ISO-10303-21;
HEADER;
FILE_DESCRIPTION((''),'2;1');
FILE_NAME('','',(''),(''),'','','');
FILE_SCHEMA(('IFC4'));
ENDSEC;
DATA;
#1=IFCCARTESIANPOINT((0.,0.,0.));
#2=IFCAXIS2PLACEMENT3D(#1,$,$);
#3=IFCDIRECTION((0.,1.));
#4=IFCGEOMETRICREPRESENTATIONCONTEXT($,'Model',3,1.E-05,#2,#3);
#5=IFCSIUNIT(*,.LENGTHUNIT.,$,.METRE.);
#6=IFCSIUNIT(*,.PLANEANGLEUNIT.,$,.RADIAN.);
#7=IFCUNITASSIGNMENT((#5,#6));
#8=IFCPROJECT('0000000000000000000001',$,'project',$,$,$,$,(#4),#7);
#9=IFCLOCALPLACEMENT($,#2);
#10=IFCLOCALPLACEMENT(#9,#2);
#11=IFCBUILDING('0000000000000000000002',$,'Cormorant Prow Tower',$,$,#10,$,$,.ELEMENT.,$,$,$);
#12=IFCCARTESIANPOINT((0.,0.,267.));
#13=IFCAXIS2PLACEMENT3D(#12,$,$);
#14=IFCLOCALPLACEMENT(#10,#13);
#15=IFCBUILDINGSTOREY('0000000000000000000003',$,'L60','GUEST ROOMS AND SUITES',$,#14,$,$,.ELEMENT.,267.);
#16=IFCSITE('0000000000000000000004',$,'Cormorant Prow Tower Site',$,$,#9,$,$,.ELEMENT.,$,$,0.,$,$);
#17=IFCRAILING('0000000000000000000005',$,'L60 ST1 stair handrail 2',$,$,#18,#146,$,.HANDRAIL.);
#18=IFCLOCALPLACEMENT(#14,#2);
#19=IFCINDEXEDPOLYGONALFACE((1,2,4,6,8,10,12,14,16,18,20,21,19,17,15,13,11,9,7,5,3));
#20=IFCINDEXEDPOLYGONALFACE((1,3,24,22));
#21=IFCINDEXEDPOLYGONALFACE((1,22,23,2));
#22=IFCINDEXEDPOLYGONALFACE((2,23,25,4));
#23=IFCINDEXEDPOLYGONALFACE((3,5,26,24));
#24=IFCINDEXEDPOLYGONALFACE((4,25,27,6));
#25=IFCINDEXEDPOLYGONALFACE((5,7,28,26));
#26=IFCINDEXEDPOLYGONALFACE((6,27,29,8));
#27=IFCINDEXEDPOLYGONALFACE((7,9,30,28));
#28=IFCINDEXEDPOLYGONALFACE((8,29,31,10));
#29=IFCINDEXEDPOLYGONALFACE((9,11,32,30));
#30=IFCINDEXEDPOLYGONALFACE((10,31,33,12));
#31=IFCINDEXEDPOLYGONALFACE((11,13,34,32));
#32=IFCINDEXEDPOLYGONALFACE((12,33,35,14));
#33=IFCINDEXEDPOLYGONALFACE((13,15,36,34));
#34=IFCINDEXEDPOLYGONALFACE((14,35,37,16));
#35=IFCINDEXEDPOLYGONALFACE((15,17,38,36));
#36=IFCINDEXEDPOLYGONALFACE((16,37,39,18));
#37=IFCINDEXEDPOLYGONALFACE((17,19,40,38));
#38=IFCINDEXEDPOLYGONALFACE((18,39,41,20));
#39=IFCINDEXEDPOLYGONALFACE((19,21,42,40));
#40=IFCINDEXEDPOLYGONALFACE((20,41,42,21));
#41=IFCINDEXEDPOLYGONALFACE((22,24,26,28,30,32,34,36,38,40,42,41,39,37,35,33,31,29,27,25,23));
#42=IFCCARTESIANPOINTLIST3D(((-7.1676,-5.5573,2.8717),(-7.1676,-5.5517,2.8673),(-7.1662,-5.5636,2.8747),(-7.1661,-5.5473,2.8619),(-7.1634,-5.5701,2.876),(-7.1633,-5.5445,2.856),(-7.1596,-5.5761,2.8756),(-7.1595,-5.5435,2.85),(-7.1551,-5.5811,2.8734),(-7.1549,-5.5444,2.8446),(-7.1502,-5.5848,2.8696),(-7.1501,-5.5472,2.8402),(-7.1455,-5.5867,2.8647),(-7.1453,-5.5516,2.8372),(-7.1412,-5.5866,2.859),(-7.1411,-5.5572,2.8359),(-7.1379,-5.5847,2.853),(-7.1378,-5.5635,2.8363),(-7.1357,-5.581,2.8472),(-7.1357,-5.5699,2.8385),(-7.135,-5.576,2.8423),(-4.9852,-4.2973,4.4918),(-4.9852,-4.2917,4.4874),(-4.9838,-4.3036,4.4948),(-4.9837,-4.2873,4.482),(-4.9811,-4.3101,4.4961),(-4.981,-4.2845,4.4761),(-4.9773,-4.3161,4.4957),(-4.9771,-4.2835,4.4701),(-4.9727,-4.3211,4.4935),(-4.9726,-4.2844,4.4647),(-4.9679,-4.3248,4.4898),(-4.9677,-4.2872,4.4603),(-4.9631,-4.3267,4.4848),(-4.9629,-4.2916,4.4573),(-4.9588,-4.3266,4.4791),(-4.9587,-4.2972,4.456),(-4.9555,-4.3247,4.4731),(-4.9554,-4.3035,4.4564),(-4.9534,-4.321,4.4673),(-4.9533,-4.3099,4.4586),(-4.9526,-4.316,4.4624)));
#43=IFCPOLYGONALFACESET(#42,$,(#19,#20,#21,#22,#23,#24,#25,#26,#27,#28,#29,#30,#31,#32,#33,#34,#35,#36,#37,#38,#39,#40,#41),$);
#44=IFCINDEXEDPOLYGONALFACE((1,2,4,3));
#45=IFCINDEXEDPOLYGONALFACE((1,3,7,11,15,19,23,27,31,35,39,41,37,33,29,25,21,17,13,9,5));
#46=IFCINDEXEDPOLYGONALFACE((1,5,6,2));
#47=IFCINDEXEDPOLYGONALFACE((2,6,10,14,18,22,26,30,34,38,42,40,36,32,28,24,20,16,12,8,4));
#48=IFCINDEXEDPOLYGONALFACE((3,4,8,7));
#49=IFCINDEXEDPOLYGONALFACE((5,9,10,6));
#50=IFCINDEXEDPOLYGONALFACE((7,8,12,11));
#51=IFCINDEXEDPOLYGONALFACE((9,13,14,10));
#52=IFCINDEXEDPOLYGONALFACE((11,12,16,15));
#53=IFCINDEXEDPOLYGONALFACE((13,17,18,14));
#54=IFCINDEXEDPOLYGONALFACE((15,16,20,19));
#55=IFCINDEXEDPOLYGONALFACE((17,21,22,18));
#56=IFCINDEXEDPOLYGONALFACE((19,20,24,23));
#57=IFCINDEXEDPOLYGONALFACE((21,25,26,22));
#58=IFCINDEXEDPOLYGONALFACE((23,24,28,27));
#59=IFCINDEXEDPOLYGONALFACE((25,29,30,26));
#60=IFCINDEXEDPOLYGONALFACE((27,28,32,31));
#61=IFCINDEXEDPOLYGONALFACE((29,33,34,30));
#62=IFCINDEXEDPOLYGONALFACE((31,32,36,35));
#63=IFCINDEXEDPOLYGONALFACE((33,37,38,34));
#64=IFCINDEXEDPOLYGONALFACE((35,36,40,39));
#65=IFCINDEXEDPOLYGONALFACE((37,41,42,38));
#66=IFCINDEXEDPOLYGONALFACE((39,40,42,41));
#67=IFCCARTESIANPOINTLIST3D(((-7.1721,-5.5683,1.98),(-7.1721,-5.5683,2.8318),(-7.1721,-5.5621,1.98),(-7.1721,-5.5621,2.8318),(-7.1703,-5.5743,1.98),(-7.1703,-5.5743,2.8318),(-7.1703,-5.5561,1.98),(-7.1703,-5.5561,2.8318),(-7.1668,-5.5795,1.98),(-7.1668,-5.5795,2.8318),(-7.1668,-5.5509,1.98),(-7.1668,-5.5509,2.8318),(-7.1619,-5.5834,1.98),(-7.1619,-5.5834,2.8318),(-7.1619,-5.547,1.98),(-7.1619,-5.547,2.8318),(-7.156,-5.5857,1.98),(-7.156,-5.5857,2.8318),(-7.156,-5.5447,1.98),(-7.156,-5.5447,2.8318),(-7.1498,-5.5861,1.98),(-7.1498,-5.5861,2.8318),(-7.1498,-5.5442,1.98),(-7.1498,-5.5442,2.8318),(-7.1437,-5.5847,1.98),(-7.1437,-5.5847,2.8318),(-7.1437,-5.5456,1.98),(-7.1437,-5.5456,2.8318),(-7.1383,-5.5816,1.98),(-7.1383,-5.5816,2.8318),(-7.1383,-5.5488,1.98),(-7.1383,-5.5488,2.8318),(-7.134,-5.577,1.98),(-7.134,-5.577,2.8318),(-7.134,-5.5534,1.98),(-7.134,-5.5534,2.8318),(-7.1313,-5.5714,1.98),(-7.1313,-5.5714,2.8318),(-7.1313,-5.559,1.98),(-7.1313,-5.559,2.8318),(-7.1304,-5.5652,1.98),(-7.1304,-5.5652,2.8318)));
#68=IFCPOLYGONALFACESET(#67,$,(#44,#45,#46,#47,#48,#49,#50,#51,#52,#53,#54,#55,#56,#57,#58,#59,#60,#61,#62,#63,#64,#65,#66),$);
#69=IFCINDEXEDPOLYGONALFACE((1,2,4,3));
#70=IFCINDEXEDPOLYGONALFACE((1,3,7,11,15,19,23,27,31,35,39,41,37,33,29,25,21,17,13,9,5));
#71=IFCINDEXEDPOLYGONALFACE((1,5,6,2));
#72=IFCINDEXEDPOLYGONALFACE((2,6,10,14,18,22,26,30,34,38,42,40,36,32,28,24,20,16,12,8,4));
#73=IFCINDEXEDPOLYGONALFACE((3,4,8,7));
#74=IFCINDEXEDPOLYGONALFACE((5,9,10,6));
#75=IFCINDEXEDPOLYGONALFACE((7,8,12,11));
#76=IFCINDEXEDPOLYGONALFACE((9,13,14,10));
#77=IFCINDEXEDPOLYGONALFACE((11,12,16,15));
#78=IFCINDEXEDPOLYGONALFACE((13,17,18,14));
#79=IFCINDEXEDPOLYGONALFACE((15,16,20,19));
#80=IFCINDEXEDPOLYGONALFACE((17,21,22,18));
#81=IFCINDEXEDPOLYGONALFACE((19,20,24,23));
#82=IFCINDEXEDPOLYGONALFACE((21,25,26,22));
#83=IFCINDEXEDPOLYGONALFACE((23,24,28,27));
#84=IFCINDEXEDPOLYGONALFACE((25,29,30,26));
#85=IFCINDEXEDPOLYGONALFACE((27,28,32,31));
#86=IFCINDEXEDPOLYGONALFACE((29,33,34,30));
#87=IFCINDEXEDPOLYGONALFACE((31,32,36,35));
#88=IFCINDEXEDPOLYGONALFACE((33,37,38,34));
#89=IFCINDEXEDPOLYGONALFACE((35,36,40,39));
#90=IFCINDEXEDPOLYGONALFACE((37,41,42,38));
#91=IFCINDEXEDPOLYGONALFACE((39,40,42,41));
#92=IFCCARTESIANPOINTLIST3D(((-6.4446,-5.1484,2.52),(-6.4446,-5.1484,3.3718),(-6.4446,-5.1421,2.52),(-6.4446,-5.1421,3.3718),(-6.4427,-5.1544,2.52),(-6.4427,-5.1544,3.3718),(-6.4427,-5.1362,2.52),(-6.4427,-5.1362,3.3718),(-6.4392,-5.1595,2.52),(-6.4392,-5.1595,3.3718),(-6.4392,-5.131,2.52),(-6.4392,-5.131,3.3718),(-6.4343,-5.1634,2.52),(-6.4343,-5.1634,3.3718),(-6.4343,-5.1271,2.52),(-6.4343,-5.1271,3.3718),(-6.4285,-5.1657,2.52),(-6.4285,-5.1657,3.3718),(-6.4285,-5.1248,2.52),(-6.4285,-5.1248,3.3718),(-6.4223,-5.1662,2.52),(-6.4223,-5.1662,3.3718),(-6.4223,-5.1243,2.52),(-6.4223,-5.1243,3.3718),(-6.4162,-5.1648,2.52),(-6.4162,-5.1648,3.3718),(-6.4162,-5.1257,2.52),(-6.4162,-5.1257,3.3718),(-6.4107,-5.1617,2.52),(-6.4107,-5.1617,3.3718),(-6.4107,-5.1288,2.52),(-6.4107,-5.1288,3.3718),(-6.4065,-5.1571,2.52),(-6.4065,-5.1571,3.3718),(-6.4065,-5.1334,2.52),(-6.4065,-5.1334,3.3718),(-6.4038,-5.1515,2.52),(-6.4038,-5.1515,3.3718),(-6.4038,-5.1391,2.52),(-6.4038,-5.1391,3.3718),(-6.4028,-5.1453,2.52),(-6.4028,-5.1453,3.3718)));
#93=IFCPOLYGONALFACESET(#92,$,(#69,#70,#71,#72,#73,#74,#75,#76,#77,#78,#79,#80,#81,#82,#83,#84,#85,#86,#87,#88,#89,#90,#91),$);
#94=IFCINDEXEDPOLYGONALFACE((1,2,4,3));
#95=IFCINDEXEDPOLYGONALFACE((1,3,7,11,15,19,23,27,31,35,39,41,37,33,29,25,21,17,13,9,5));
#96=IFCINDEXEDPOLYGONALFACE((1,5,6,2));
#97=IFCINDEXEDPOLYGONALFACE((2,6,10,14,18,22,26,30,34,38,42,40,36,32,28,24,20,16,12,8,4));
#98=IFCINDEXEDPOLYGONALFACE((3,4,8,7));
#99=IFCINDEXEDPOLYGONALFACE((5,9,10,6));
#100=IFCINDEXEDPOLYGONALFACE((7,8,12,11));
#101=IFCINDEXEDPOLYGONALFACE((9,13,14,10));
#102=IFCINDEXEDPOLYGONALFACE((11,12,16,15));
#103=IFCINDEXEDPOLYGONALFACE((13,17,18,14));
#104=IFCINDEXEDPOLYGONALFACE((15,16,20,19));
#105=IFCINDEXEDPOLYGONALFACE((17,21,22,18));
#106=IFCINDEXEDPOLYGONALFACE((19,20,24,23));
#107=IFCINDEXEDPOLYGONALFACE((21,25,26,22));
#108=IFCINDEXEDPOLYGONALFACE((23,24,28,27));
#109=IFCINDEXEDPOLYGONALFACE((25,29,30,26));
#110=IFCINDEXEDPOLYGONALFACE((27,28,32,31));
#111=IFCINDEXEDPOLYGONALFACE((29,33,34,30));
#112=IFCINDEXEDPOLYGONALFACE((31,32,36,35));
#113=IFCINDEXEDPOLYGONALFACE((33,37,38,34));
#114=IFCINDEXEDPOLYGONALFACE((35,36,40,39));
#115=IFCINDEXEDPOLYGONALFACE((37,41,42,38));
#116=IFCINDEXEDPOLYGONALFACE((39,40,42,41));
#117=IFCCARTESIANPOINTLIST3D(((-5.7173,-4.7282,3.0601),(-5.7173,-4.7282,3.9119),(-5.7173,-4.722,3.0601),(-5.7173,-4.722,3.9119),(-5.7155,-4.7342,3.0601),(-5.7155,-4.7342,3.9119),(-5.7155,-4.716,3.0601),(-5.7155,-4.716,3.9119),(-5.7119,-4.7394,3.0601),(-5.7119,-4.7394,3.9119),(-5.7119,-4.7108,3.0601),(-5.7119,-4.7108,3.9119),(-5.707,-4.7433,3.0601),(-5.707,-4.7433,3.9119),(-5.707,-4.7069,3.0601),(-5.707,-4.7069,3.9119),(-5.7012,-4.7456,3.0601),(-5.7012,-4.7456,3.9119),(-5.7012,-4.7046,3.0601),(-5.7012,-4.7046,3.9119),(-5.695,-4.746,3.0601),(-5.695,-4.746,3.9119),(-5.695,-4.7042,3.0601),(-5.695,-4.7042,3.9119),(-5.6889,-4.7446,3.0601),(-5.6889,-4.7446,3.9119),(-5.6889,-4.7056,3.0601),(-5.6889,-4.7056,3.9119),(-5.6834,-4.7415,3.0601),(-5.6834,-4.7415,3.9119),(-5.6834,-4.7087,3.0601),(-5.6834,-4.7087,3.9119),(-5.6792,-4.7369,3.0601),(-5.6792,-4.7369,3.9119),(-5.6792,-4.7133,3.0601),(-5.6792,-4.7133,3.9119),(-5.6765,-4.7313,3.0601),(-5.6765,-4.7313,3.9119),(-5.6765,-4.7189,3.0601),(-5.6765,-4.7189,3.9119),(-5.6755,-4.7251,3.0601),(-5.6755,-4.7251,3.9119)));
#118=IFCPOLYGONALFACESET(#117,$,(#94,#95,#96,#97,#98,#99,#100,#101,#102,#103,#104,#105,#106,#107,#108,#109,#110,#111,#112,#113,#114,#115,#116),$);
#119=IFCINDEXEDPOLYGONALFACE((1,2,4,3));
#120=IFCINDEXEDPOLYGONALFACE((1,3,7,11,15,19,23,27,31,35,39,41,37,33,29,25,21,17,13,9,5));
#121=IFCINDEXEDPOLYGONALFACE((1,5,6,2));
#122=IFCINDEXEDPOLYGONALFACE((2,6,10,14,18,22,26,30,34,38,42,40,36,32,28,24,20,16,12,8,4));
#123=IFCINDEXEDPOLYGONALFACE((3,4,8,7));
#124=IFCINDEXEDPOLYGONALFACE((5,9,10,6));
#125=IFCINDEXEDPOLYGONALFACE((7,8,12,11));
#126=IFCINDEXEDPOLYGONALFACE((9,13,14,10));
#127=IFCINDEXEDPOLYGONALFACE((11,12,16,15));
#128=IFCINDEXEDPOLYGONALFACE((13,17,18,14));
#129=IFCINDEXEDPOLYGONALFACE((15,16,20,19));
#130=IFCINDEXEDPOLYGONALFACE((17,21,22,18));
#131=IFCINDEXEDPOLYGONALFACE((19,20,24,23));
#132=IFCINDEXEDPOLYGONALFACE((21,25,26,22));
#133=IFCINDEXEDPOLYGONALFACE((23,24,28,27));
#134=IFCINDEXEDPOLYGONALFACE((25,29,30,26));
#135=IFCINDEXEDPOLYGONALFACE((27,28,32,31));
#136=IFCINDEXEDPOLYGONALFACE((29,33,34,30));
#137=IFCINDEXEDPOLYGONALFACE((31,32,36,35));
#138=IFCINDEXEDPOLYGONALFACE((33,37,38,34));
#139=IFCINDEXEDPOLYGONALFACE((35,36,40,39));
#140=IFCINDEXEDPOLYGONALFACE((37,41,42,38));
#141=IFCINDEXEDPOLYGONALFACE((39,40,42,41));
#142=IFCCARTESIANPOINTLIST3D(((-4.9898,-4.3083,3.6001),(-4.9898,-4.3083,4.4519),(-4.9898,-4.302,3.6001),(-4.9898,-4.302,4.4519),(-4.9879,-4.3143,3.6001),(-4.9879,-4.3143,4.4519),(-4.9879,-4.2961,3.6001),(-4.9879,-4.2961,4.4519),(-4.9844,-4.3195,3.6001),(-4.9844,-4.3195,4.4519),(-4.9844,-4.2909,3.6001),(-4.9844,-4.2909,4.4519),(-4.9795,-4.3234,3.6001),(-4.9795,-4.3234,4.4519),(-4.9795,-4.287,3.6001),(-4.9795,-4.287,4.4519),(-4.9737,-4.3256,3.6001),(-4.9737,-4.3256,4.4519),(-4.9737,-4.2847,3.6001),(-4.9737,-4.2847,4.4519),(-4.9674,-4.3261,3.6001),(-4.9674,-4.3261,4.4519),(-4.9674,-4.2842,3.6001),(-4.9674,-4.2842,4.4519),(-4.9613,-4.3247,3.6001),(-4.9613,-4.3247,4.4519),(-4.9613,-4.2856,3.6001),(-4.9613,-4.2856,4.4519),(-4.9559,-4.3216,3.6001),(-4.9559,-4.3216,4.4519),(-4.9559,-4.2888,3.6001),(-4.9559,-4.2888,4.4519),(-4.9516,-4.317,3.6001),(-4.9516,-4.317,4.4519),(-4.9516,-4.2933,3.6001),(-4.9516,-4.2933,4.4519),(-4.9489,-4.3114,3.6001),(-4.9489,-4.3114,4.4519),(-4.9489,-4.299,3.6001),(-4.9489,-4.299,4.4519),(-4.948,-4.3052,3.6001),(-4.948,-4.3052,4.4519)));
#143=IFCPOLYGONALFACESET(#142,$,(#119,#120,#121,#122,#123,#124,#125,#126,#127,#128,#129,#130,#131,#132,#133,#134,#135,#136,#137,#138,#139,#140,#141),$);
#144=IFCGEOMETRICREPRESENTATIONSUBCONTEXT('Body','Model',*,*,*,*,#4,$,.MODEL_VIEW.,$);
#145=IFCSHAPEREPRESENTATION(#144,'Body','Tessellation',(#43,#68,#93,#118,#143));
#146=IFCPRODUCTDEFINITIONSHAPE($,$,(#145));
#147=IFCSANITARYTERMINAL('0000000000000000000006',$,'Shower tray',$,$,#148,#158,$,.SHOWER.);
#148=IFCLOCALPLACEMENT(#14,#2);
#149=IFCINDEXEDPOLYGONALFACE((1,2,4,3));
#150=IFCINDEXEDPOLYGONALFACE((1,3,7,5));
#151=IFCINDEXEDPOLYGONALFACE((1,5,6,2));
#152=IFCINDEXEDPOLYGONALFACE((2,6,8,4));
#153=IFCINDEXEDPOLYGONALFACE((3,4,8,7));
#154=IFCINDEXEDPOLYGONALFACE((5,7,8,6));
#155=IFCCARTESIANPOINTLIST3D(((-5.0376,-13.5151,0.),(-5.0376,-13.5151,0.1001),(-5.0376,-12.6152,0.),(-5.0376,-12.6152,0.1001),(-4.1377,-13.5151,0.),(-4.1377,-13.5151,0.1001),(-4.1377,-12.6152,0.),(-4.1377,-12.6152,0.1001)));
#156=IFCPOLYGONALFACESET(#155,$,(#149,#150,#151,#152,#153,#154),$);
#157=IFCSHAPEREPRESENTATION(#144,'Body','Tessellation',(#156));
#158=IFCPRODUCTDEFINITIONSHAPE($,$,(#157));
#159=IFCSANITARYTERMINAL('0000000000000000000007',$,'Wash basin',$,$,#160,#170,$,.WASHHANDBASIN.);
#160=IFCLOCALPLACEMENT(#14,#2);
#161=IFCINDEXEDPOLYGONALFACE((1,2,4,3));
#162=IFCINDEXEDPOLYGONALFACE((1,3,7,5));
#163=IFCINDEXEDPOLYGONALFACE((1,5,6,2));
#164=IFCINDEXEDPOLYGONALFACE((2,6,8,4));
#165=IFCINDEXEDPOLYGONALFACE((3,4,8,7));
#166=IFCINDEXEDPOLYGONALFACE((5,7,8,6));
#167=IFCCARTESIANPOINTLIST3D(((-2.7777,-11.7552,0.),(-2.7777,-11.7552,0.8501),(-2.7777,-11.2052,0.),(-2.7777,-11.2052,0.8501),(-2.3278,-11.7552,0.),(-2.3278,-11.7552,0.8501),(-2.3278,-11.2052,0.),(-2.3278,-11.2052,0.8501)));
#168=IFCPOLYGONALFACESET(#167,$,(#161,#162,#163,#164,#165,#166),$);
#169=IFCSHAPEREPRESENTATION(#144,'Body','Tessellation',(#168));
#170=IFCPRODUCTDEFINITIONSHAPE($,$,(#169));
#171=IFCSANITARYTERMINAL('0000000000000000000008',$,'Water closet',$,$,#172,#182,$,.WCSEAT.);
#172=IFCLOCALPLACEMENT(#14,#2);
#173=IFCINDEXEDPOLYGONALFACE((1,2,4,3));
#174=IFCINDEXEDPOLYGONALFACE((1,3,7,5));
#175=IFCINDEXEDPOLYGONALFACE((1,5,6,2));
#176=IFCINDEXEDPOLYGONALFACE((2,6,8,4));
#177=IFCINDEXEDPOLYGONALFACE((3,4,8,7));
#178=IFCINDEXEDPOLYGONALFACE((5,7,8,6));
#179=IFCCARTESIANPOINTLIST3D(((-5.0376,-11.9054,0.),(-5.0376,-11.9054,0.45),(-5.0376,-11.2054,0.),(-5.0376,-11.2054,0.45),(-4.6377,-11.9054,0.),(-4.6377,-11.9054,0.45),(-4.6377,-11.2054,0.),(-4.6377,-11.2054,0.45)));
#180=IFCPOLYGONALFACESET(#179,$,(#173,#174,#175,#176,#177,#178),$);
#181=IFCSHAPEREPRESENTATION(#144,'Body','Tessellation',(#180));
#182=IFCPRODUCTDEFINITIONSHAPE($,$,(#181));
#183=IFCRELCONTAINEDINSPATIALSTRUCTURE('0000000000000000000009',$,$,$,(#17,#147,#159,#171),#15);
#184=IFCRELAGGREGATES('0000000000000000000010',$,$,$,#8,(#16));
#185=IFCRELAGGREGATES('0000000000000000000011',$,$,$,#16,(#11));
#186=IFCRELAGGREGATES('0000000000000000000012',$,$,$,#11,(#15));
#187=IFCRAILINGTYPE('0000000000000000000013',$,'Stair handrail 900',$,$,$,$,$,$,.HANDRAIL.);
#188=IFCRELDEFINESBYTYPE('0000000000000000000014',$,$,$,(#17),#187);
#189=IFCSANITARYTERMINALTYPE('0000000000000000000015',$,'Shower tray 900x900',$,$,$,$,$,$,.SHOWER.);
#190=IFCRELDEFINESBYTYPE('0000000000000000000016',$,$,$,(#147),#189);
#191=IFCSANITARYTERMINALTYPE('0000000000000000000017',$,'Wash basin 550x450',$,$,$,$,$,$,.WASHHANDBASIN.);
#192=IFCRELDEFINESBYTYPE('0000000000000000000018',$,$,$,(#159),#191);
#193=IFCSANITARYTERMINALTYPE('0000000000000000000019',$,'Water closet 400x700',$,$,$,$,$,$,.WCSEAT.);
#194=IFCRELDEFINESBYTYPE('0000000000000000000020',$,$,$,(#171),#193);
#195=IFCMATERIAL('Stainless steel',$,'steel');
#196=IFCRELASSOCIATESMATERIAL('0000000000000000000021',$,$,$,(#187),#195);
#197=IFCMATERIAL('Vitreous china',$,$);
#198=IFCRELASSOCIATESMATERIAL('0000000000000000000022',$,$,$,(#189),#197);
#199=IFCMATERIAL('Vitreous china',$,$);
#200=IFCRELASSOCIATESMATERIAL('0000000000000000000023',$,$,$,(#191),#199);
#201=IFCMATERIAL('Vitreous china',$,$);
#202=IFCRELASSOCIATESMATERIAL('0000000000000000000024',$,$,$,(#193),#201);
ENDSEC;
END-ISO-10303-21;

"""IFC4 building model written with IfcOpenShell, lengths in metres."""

from ifc_helpers import new_model, si_unit, direction, frame, origin, origin_2d, place, context, subcontext, project, spatial, rectangle, circle, extrude, material, type_object, element, save


model = new_model("IFC4")

# Units and contexts
model_context = context("Model", 3, precision=1e-05, world=origin(), true_north=direction((0.0, 1.0)))
body_context = subcontext(model_context, "Body", "Model", "MODEL_VIEW")
ifc_project = project(units=[si_unit("LENGTHUNIT", "METRE"), si_unit("PLANEANGLEUNIT", "RADIAN")], contexts=[model_context])

# Site, building, storey
site_placement = place(None, origin())
site = spatial("IfcSite", under=ifc_project, at=site_placement, Name="Cormorant Prow Tower Site", CompositionType="ELEMENT", RefElevation=0.0)
building_placement = place(site_placement, origin())
building = spatial("IfcBuilding", under=site, at=building_placement, Name="Cormorant Prow Tower", CompositionType="ELEMENT")
storey_placement = place(building_placement, frame((0.0, 0.0, 267.0)))
storey = spatial("IfcBuildingStorey", under=building, at=storey_placement, Name="L60", Description="GUEST ROOMS AND SUITES", CompositionType="ELEMENT", Elevation=267.0)

# Railing
ifc_material_1 = material(Name="Stainless steel", Category="steel")
railing_type_1 = type_object("IfcRailingType", Name="Stair handrail 900", PredefinedType="HANDRAIL", material=ifc_material_1)
railing_1_placement = place(storey_placement, frame((-7.1514, -5.5652, 1.98)))
element("IfcRailing", 1, at=railing_1_placement, inside=storey, type_object=railing_type_1, Name="L60 ST1 stair handrail 2", PredefinedType="HANDRAIL", context=body_context, shape_type="SweptSolid", body=[
    extrude(circle(Radius=0.0239, at=origin_2d()), frame((0.0, 0.0, 0.876), z_axis=(0.728464, 0.420584, 0.540786), x_axis=(-0.500005, 0.866023, 0.0)), (0.0, 0.0, 1.0), 2.9958),
    extrude(circle(Radius=0.021, at=origin_2d()), origin(), (0.0, 0.0, 1.0), 0.8518),
    extrude(circle(Radius=0.021, at=origin_2d()), frame((0.7275, 0.4199, 0.54)), (0.0, 0.0, 1.0), 0.8518),
    extrude(circle(Radius=0.021, at=origin_2d()), frame((1.4548, 0.8401, 1.0801)), (0.0, 0.0, 1.0), 0.8518),
    extrude(circle(Radius=0.021, at=origin_2d()), frame((2.1824, 1.26, 1.6201)), (0.0, 0.0, 1.0), 0.8518),
])

# Sanitary terminals
ifc_material_2 = material(Name="Vitreous china")
sanitary_terminal_type_1 = type_object("IfcSanitaryTerminalType", Name="Shower tray 900x900", PredefinedType="SHOWER", material=ifc_material_2)
sanitary_terminal_1_placement = place(storey_placement, frame((-4.5876, -13.0652, 0.0), z_axis=(0.0, 0.0, 1.0), x_axis=(0.0, 1.0, 0.0)))
element("IfcSanitaryTerminal", 2, at=sanitary_terminal_1_placement, inside=storey, type_object=sanitary_terminal_type_1, Name="Shower tray", PredefinedType="SHOWER", context=body_context, shape_type="SweptSolid", body=[
    extrude(rectangle(XDim=0.8999, YDim=0.8999, at=origin_2d()), origin(), (0.0, 0.0, 1.0), 0.1001),
])
ifc_material_3 = material(Name="Vitreous china")
sanitary_terminal_type_2 = type_object("IfcSanitaryTerminalType", Name="Wash basin 550x450", PredefinedType="WASHHANDBASIN", material=ifc_material_3)
sanitary_terminal_2_placement = place(storey_placement, frame((-2.5527, -11.4802, 0.0), z_axis=(0.0, 0.0, 1.0), x_axis=(0.0, -1.0, 0.0)))
element("IfcSanitaryTerminal", 3, at=sanitary_terminal_2_placement, inside=storey, type_object=sanitary_terminal_type_2, Name="Wash basin", PredefinedType="WASHHANDBASIN", context=body_context, shape_type="SweptSolid", body=[
    extrude(rectangle(XDim=0.55, YDim=0.45, at=origin_2d()), origin(), (0.0, 0.0, 1.0), 0.8501),
])
ifc_material_4 = material(Name="Vitreous china")
sanitary_terminal_type_3 = type_object("IfcSanitaryTerminalType", Name="Water closet 400x700", PredefinedType="WCSEAT", material=ifc_material_4)
sanitary_terminal_3_placement = place(storey_placement, frame((-4.8376, -11.5554, 0.0), z_axis=(0.0, 0.0, 1.0), x_axis=(1.0, 0.0, 0.0)))
element("IfcSanitaryTerminal", 4, at=sanitary_terminal_3_placement, inside=storey, type_object=sanitary_terminal_type_3, Name="Water closet", PredefinedType="WCSEAT", context=body_context, shape_type="SweptSolid", body=[
    extrude(rectangle(XDim=0.3999, YDim=0.7, at=origin_2d()), origin(), (0.0, 0.0, 1.0), 0.45),
])

save(model, "model.ifc")
